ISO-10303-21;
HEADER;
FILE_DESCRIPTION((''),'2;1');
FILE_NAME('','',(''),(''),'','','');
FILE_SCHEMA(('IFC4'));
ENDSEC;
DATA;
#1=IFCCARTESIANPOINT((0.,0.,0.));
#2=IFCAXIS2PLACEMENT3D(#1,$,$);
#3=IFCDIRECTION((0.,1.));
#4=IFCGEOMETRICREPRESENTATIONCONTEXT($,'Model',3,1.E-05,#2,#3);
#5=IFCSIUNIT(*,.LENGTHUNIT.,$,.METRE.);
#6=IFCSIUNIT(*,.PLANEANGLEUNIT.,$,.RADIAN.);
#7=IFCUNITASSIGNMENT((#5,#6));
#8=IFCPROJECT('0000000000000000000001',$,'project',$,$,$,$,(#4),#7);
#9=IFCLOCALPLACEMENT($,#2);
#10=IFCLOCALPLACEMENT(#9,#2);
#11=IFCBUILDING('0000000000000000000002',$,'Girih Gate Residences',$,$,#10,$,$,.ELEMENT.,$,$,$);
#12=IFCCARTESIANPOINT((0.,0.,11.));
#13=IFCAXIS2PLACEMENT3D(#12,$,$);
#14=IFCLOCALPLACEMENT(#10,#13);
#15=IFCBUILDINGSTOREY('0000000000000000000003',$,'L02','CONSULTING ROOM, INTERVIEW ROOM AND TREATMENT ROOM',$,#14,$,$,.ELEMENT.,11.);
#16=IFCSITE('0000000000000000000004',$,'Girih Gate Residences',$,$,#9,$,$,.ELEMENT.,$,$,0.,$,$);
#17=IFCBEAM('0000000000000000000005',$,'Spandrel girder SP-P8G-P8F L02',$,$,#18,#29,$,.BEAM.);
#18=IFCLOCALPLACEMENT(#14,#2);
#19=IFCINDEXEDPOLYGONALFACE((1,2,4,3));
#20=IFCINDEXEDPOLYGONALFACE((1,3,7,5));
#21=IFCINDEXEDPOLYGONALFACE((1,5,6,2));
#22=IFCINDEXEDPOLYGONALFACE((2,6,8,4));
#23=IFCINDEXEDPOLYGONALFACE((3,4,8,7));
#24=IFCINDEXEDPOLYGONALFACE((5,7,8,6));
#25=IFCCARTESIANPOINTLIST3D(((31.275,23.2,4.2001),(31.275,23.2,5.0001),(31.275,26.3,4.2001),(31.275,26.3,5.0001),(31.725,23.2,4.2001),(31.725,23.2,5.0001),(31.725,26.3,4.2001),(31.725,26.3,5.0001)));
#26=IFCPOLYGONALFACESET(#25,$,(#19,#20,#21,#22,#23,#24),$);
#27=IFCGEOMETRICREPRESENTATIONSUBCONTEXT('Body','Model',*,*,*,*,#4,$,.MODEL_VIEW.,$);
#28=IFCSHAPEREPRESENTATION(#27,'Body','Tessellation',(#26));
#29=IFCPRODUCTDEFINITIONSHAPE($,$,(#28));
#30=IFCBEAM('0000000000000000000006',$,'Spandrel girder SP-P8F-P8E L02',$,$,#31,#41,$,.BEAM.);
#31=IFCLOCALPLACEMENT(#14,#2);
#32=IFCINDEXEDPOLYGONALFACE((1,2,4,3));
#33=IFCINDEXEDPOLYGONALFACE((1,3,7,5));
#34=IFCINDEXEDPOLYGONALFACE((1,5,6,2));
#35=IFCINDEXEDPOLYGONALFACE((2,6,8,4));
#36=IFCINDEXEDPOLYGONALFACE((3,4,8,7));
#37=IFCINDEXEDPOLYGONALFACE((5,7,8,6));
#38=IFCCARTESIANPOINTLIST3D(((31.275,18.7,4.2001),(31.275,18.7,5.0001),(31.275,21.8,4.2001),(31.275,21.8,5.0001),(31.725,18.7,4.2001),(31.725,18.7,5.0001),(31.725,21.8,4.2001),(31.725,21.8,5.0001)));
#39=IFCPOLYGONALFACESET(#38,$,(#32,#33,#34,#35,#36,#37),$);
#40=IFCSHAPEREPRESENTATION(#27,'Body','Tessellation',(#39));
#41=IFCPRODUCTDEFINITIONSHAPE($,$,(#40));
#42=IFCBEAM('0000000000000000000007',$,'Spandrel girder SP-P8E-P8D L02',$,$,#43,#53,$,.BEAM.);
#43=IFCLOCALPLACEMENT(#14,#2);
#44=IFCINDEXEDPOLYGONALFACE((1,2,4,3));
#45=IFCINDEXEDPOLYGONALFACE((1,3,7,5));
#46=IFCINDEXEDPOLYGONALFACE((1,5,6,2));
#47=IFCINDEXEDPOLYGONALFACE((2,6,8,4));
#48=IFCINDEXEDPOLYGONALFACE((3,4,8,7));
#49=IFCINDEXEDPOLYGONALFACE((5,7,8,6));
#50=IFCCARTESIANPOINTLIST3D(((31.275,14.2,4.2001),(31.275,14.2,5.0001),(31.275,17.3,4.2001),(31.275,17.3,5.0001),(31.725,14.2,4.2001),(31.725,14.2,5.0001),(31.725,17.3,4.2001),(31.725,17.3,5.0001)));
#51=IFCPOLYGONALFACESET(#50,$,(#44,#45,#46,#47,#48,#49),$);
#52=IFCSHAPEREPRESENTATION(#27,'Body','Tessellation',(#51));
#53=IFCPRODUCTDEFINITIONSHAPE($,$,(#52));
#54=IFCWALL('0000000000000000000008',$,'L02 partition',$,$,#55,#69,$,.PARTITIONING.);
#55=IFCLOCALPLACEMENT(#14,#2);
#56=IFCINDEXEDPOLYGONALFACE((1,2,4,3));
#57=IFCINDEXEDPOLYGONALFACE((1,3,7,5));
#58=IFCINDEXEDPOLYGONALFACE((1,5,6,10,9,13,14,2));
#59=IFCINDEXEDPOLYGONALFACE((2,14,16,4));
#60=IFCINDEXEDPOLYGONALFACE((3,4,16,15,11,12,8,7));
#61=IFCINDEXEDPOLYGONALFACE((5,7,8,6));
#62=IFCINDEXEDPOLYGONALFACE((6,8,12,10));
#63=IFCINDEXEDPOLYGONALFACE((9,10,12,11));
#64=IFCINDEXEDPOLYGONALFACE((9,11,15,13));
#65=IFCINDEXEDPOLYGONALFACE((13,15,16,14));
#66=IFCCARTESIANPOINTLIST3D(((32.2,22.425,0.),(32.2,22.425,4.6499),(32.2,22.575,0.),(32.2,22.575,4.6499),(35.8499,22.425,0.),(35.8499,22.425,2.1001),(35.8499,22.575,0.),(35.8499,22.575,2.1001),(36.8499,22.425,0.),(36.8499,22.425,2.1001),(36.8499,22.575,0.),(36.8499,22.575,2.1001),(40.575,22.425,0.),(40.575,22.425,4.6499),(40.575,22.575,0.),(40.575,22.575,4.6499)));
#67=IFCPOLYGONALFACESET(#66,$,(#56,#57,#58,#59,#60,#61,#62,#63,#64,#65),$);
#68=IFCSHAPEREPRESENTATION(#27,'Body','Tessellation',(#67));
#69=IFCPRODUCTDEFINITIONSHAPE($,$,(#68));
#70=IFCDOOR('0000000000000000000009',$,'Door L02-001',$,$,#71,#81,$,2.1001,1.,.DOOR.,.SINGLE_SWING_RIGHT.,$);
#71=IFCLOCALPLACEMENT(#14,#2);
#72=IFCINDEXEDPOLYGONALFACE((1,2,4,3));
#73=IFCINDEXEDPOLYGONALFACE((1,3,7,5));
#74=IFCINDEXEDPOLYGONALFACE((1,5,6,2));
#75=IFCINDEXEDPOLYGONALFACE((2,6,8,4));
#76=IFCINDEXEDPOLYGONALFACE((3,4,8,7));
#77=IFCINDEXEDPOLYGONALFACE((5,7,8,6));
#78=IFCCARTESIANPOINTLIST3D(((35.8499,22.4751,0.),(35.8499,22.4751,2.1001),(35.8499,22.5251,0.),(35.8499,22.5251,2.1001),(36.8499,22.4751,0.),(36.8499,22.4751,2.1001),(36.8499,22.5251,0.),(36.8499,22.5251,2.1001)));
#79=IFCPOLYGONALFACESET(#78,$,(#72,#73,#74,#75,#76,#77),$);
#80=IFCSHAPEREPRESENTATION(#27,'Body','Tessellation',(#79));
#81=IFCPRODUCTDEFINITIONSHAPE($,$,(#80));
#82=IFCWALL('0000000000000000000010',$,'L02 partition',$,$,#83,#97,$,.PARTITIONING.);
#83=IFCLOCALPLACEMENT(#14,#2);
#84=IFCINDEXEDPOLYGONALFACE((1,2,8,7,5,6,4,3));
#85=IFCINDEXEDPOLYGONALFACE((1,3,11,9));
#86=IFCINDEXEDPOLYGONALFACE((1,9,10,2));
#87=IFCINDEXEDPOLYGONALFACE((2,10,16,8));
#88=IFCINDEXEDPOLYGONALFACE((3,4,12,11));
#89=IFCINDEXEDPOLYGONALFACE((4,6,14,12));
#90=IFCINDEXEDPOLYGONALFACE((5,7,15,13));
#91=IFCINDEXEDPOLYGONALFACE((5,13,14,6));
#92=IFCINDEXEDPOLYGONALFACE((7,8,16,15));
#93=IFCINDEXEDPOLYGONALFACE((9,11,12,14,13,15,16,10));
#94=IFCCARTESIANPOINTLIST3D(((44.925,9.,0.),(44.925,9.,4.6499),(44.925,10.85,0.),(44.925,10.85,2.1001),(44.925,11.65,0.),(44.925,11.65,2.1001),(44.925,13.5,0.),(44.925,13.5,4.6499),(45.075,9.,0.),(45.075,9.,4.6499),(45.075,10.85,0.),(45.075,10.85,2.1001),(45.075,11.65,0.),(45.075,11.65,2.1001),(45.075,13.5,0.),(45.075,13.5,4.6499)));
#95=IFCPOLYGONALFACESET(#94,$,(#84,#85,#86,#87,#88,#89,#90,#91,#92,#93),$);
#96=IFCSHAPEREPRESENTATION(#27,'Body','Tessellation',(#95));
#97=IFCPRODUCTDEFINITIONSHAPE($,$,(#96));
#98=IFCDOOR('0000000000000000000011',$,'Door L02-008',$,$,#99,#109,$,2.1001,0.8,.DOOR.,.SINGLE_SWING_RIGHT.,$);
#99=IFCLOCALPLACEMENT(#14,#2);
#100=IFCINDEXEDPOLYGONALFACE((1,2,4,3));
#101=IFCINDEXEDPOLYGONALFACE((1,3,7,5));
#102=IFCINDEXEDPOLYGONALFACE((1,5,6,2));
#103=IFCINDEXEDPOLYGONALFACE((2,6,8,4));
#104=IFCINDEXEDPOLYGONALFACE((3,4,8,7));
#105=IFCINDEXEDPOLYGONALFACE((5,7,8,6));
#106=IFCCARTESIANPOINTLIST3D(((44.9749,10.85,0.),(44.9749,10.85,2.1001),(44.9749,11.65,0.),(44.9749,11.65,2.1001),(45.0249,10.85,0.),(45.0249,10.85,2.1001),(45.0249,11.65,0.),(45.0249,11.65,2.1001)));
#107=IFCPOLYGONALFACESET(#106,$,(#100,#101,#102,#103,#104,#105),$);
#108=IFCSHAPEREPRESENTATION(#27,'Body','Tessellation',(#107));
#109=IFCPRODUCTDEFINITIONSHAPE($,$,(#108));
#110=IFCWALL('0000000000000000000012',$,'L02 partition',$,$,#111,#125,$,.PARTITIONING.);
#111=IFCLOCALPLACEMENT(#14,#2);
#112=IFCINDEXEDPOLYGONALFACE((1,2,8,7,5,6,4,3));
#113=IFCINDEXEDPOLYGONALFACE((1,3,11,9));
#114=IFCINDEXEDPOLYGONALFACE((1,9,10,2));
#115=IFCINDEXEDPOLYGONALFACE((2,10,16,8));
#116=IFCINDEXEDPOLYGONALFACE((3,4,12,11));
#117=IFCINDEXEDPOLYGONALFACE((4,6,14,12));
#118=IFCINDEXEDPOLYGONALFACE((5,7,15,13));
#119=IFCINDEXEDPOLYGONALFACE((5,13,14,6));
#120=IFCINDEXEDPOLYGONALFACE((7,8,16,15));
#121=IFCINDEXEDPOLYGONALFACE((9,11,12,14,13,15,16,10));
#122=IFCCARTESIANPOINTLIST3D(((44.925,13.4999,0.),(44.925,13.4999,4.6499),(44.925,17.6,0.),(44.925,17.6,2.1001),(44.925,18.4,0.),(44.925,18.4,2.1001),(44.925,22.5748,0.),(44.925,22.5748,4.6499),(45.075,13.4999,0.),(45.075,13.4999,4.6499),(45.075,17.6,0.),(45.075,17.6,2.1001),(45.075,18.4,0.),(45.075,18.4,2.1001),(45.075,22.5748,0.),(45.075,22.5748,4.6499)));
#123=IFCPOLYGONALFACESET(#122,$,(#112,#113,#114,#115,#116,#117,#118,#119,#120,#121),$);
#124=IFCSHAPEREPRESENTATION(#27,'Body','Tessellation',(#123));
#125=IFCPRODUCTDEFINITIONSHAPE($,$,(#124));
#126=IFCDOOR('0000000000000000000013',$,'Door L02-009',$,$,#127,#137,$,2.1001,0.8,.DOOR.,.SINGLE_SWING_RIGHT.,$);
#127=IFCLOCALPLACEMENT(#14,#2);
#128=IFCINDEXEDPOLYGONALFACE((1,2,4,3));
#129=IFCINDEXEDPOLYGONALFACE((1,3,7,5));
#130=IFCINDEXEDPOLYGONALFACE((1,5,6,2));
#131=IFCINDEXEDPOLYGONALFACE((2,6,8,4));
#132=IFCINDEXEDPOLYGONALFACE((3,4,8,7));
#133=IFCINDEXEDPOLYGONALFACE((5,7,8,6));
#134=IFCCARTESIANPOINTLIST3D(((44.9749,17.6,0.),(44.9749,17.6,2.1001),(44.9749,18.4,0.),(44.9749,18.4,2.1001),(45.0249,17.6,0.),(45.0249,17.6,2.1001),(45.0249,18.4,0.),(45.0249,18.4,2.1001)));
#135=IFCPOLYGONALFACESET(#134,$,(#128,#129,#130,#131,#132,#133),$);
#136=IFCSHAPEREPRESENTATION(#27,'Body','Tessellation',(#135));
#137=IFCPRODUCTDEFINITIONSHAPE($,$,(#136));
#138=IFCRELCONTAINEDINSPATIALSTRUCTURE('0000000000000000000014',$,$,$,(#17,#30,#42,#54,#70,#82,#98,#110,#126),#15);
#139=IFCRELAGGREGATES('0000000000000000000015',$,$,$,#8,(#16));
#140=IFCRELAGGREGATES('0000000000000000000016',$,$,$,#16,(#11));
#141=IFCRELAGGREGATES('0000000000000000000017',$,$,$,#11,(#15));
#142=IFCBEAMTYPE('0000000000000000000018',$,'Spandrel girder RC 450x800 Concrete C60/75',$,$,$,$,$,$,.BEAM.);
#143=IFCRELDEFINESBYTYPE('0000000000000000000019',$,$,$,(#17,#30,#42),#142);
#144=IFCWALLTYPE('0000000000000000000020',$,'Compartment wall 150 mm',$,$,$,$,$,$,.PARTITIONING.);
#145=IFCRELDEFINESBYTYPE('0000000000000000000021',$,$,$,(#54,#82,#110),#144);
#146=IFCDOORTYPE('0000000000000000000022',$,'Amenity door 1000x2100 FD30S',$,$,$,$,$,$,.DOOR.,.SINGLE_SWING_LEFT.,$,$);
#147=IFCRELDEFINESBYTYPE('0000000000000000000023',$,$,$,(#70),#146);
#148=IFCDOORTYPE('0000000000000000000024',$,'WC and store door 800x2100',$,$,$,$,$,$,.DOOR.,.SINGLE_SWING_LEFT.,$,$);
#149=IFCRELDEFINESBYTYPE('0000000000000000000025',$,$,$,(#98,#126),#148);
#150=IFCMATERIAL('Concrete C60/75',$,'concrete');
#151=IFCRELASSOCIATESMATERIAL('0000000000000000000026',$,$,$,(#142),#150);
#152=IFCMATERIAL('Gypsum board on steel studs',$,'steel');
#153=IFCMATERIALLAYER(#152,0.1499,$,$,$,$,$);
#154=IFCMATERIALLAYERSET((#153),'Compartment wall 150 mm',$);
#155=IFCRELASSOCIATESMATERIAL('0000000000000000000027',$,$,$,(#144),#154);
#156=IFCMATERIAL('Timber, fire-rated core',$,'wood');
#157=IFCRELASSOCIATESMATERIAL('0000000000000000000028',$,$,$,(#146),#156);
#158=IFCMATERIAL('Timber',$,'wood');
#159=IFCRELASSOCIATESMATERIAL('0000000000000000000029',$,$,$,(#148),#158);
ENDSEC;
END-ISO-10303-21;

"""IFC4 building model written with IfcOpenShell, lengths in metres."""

from ifc_helpers import new_model, si_unit, direction, frame, frame_2d, origin, origin_2d, place, context, subcontext, project, spatial, rectangle, extrude, material, layer, layer_set, material_profile, profile_set, type_object, element, fill, save


model = new_model("IFC4")

# Units and contexts
model_context = context("Model", 3, precision=1e-05, world=origin(), true_north=direction((0.0, 1.0)))
body_context = subcontext(model_context, "Body", "Model", "MODEL_VIEW")
ifc_project = project(units=[si_unit("LENGTHUNIT", "METRE"), si_unit("PLANEANGLEUNIT", "RADIAN")], contexts=[model_context])

# Site, building, storey
site_placement = place(None, origin())
site = spatial("IfcSite", under=ifc_project, at=site_placement, Name="Girih Gate Residences", CompositionType="ELEMENT", RefElevation=0.0)
building_placement = place(site_placement, origin())
building = spatial("IfcBuilding", under=site, at=building_placement, Name="Girih Gate Residences", CompositionType="ELEMENT")
storey_placement = place(building_placement, frame((0.0, 0.0, 11.0)))
storey = spatial("IfcBuildingStorey", under=building, at=storey_placement, Name="L02", Description="CONSULTING ROOM, INTERVIEW ROOM AND TREATMENT ROOM", CompositionType="ELEMENT", Elevation=11.0)

# Beams
ifc_material_1 = material(Name="Concrete C60/75", Category="concrete")
ifc_material_profile = material_profile(ifc_material_1, rectangle(XDim=0.45, YDim=0.8, at=origin_2d()))
ifc_profile_set = profile_set([ifc_material_profile], Name="Concrete C60/75")
beam_type = type_object("IfcBeamType", Name="Spandrel girder RC 450x800 Concrete C60/75", PredefinedType="BEAM", material=ifc_profile_set)
for number, where, z_axis, x_axis, name in (
    (1, (31.5, 26.3, 4.6001), (0.0, -1.0, 0.0), (1.0, 0.0, 0.0), "Spandrel girder SP-P8G-P8F L02"),
    (2, (31.5, 21.8, 4.6001), (0.0, -1.0, 0.0), (1.0, 0.0, 0.0), "Spandrel girder SP-P8F-P8E L02"),
    (3, (31.5, 17.3, 4.6001), (0.0, -1.0, 0.0), (1.0, 0.0, 0.0), "Spandrel girder SP-P8E-P8D L02"),
):
    element("IfcBeam", number, at=place(storey_placement, frame(where, z_axis=z_axis, x_axis=x_axis)), inside=storey, type_object=beam_type, Name=name, PredefinedType="BEAM", context=body_context, shape_type="SweptSolid", body=[
        extrude(rectangle(XDim=0.45, YDim=0.8, at=origin_2d()), origin(), (0.0, 0.0, 1.0), 3.1001),
    ])

# Walls, openings, doors
ifc_material_2 = material(Name="Gypsum board on steel studs", Category="steel")
ifc_layer_1 = layer(ifc_material_2, 0.1499)
ifc_layer_set_1 = layer_set([ifc_layer_1], Name="Compartment wall 150 mm")
wall_type_1 = type_object("IfcWallType", Name="Compartment wall 150 mm", PredefinedType="PARTITIONING", material=ifc_layer_set_1)
wall_1_placement = place(storey_placement, frame((40.575, 22.5, 0.0), z_axis=(0.0, 0.0, 1.0), x_axis=(-1.0, 0.0, 0.0)))
wall_1 = element("IfcWall", 4, at=wall_1_placement, inside=storey, type_object=wall_type_1, Name="L02 partition", PredefinedType="PARTITIONING", context=body_context, shape_type="SweptSolid", body=[
    extrude(rectangle(XDim=8.375, YDim=0.1499, at=frame_2d((4.1875, 0.0))), origin(), (0.0, 0.0, 1.0), 4.6499),
])
opening_1_placement = place(wall_1_placement, frame((3.7251, 0.0, 0.0)))
opening_1 = element("IfcOpeningElement", 5, at=opening_1_placement, cuts=wall_1, PredefinedType="OPENING", context=body_context, shape_type="SweptSolid", body=[
    extrude(rectangle(XDim=1.0, YDim=2.1001, at=frame_2d((0.5, 1.05))), frame((0.0, 0.085, 0.0), z_axis=(0.0, -1.0, 0.0), x_axis=(1.0, 0.0, 0.0)), (0.0, 0.0, 1.0), 0.1699),
])
ifc_material_3 = material(Name="Timber, fire-rated core", Category="wood")
door_type_1 = type_object("IfcDoorType", Name="Amenity door 1000x2100 FD30S", OperationType="SINGLE_SWING_LEFT", PredefinedType="DOOR", material=ifc_material_3)
door_1_placement = place(opening_1_placement, origin())
door_1 = element("IfcDoor", 6, at=door_1_placement, inside=storey, type_object=door_type_1, Name="Door L02-001", OperationType="SINGLE_SWING_RIGHT", OverallHeight=2.1001, OverallWidth=1.0, PredefinedType="DOOR", context=body_context, shape_type="SweptSolid", body=[
    extrude(rectangle(XDim=1.0, YDim=2.1001, at=frame_2d((0.5, 1.05))), frame((0.0, 0.0249, 0.0), z_axis=(0.0, -1.0, 0.0), x_axis=(1.0, 0.0, 0.0)), (0.0, 0.0, 1.0), 0.05),
])
fill(opening_1, door_1)
wall_2_placement = place(storey_placement, frame((45.0, 13.5, 0.0), z_axis=(0.0, 0.0, 1.0), x_axis=(0.0, -1.0, 0.0)))
wall_2 = element("IfcWall", 7, at=wall_2_placement, inside=storey, type_object=wall_type_1, Name="L02 partition", PredefinedType="PARTITIONING", context=body_context, shape_type="SweptSolid", body=[
    extrude(rectangle(XDim=4.5, YDim=0.1499, at=frame_2d((2.25, 0.0))), origin(), (0.0, 0.0, 1.0), 4.6499),
])
opening_2_placement = place(wall_2_placement, frame((1.8501, 0.0, 0.0)))
opening_2 = element("IfcOpeningElement", 8, at=opening_2_placement, cuts=wall_2, PredefinedType="OPENING", context=body_context, shape_type="SweptSolid", body=[
    extrude(rectangle(XDim=0.8, YDim=2.1001, at=frame_2d((0.3999, 1.05))), frame((0.0, 0.085, 0.0), z_axis=(0.0, -1.0, 0.0), x_axis=(1.0, 0.0, 0.0)), (0.0, 0.0, 1.0), 0.1699),
])
ifc_material_4 = material(Name="Timber", Category="wood")
door_type_2 = type_object("IfcDoorType", Name="WC and store door 800x2100", OperationType="SINGLE_SWING_LEFT", PredefinedType="DOOR", material=ifc_material_4)
door_2_placement = place(opening_2_placement, origin())
door_2 = element("IfcDoor", 9, at=door_2_placement, inside=storey, type_object=door_type_2, Name="Door L02-008", OperationType="SINGLE_SWING_RIGHT", OverallHeight=2.1001, OverallWidth=0.8, PredefinedType="DOOR", context=body_context, shape_type="SweptSolid", body=[
    extrude(rectangle(XDim=0.8, YDim=2.1001, at=frame_2d((0.3999, 1.05))), frame((0.0, 0.0249, 0.0), z_axis=(0.0, -1.0, 0.0), x_axis=(1.0, 0.0, 0.0)), (0.0, 0.0, 1.0), 0.05),
])
fill(opening_2, door_2)
wall_3_placement = place(storey_placement, frame((45.0, 22.575, 0.0), z_axis=(0.0, 0.0, 1.0), x_axis=(0.0, -1.0, 0.0)))
wall_3 = element("IfcWall", 10, at=wall_3_placement, inside=storey, type_object=wall_type_1, Name="L02 partition", PredefinedType="PARTITIONING", context=body_context, shape_type="SweptSolid", body=[
    extrude(rectangle(XDim=9.075, YDim=0.1499, at=frame_2d((4.5376, 0.0))), origin(), (0.0, 0.0, 1.0), 4.6499),
])
opening_3_placement = place(wall_3_placement, frame((4.175, 0.0, 0.0)))
opening_3 = element("IfcOpeningElement", 11, at=opening_3_placement, cuts=wall_3, PredefinedType="OPENING", context=body_context, shape_type="SweptSolid", body=[
    extrude(rectangle(XDim=0.8, YDim=2.1001, at=frame_2d((0.3999, 1.05))), frame((0.0, 0.085, 0.0), z_axis=(0.0, -1.0, 0.0), x_axis=(1.0, 0.0, 0.0)), (0.0, 0.0, 1.0), 0.1699),
])
door_3_placement = place(opening_3_placement, origin())
door_3 = element("IfcDoor", 12, at=door_3_placement, inside=storey, type_object=door_type_2, Name="Door L02-009", OperationType="SINGLE_SWING_RIGHT", OverallHeight=2.1001, OverallWidth=0.8, PredefinedType="DOOR", context=body_context, shape_type="SweptSolid", body=[
    extrude(rectangle(XDim=0.8, YDim=2.1001, at=frame_2d((0.3999, 1.05))), frame((0.0, 0.0249, 0.0), z_axis=(0.0, -1.0, 0.0), x_axis=(1.0, 0.0, 0.0)), (0.0, 0.0, 1.0), 0.05),
])
fill(opening_3, door_3)

save(model, "model.ifc")
